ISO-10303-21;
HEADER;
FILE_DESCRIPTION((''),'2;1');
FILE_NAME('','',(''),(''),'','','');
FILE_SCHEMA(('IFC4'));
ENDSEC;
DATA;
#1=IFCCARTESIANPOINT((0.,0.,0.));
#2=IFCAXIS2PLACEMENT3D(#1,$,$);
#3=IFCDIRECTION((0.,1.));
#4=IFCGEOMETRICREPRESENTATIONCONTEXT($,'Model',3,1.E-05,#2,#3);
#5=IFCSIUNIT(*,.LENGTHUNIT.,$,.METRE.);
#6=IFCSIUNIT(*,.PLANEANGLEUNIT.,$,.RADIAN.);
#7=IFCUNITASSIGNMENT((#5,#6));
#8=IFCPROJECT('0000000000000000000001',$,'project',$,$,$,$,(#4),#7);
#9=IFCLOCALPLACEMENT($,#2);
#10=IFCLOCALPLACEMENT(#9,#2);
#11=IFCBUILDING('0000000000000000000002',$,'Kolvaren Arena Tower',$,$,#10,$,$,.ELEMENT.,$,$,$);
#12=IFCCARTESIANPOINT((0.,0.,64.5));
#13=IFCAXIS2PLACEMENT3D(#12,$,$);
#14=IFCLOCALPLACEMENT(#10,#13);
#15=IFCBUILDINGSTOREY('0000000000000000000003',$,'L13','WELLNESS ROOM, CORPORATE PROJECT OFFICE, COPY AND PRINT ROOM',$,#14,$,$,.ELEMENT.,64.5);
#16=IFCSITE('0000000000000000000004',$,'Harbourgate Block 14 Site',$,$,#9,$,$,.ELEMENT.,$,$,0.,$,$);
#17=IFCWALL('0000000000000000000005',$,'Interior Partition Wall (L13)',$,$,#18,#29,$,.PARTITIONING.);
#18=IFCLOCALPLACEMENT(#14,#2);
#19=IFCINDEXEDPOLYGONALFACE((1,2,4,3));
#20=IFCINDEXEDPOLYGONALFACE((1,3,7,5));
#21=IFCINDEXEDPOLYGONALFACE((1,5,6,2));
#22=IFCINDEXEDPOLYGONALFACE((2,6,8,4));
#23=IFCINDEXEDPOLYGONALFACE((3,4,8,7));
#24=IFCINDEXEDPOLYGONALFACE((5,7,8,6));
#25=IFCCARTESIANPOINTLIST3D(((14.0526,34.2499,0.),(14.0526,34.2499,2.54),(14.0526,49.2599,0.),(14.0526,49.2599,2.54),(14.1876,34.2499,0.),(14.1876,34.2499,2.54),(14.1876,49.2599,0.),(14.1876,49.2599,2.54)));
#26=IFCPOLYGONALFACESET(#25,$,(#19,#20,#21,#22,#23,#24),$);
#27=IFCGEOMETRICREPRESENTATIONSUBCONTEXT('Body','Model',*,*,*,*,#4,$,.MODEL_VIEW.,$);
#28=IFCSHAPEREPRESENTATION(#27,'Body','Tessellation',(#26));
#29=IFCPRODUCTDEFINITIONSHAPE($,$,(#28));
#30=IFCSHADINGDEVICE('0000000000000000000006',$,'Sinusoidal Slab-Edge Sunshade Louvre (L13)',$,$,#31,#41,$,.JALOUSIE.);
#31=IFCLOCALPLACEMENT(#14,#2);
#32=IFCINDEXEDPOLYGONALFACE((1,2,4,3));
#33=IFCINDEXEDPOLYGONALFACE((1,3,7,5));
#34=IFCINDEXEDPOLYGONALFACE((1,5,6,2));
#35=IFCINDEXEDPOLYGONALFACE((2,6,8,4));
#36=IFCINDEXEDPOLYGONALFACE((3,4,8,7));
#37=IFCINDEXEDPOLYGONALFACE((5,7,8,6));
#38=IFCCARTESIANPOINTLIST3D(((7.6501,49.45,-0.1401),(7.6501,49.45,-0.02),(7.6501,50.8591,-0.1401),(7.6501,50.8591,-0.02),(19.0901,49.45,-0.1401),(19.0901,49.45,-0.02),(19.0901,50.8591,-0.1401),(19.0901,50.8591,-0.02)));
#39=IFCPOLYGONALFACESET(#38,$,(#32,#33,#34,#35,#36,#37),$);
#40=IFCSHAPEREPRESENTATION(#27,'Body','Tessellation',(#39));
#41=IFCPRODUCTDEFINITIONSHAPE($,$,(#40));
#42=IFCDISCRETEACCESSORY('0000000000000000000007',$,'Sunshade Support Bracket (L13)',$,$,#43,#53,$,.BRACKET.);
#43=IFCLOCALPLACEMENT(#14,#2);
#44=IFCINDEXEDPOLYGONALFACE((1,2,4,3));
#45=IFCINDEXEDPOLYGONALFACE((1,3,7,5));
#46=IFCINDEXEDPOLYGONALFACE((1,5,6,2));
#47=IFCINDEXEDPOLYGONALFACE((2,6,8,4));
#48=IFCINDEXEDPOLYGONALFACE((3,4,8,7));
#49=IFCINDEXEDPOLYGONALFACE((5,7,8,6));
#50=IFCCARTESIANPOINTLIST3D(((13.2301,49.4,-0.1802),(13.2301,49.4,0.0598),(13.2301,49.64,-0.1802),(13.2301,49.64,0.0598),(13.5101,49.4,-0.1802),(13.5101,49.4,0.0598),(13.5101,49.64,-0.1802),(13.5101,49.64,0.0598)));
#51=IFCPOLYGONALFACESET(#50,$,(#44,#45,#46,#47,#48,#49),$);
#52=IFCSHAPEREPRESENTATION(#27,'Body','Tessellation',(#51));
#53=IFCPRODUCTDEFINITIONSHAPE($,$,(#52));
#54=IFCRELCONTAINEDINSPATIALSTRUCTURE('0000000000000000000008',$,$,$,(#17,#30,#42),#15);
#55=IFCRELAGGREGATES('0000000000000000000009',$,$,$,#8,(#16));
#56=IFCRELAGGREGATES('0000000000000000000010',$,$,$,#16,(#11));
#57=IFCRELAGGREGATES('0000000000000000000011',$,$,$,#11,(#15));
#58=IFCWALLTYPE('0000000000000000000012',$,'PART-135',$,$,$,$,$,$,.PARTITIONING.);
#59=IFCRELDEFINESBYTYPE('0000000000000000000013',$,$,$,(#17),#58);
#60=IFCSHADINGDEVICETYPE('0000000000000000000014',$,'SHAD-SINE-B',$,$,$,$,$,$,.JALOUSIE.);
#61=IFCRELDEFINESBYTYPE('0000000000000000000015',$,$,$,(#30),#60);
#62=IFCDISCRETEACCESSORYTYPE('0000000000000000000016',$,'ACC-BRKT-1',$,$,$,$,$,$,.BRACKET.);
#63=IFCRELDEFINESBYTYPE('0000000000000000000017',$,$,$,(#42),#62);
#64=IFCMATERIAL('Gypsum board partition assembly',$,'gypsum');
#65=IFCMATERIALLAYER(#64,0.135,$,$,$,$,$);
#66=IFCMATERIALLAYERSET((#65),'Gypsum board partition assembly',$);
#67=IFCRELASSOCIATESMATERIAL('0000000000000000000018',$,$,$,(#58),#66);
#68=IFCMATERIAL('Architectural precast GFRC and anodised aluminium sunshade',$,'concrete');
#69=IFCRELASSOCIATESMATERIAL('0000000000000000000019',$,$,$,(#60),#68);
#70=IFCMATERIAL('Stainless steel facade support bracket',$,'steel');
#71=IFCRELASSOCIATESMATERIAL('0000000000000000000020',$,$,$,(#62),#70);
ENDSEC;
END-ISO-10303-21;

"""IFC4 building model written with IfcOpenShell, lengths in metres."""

from ifc_helpers import new_model, si_unit, direction, frame, frame_2d, origin, origin_2d, place, context, subcontext, project, spatial, rectangle, extrude, material, layer, layer_set, type_object, element, save


model = new_model("IFC4")

# Units and contexts
model_context = context("Model", 3, precision=1e-05, world=origin(), true_north=direction((0.0, 1.0)))
body_context = subcontext(model_context, "Body", "Model", "MODEL_VIEW")
ifc_project = project(units=[si_unit("LENGTHUNIT", "METRE"), si_unit("PLANEANGLEUNIT", "RADIAN")], contexts=[model_context])

# Site, building, storey
site_placement = place(None, origin())
site = spatial("IfcSite", under=ifc_project, at=site_placement, Name="Harbourgate Block 14 Site", CompositionType="ELEMENT", RefElevation=0.0)
building_placement = place(site_placement, origin())
building = spatial("IfcBuilding", under=site, at=building_placement, Name="Kolvaren Arena Tower", CompositionType="ELEMENT")
storey_placement = place(building_placement, frame((0.0, 0.0, 64.5)))
storey = spatial("IfcBuildingStorey", under=building, at=storey_placement, Name="L13", Description="WELLNESS ROOM, CORPORATE PROJECT OFFICE, COPY AND PRINT ROOM", CompositionType="ELEMENT", Elevation=64.5)

# Wall
ifc_material_1 = material(Name="Gypsum board partition assembly", Category="gypsum")
ifc_layer_1 = layer(ifc_material_1, 0.135)
ifc_layer_set_1 = layer_set([ifc_layer_1], Name="Gypsum board partition assembly")
wall_type_1 = type_object("IfcWallType", Name="PART-135", PredefinedType="PARTITIONING", material=ifc_layer_set_1)
wall_1_placement = place(storey_placement, frame((14.1201, 34.25, 0.0), z_axis=(0.0, 0.0, 1.0), x_axis=(0.0, 1.0, 0.0)))
element("IfcWall", 1, at=wall_1_placement, inside=storey, type_object=wall_type_1, Name="Interior Partition Wall (L13)", PredefinedType="PARTITIONING", context=body_context, shape_type="SweptSolid", body=[
    extrude(rectangle(XDim=15.01, YDim=0.135, at=frame_2d((7.5049, 0.0))), origin(), (0.0, 0.0, 1.0), 2.54),
])

# Shading device
ifc_material_2 = material(Name="Architectural precast GFRC and anodised aluminium sunshade", Category="concrete")
shading_device_type = type_object("IfcShadingDeviceType", Name="SHAD-SINE-B", PredefinedType="JALOUSIE", material=ifc_material_2)
shading_device_placement = place(storey_placement, frame((13.3701, 50.1545, -0.1401), z_axis=(0.0, 0.0, 1.0), x_axis=(1.0, 0.0, 0.0)))
element("IfcShadingDevice", 2, at=shading_device_placement, inside=storey, type_object=shading_device_type, Name="Sinusoidal Slab-Edge Sunshade Louvre (L13)", PredefinedType="JALOUSIE", context=body_context, shape_type="SweptSolid", body=[
    extrude(rectangle(XDim=11.4399, YDim=1.4092, at=origin_2d()), origin(), (0.0, 0.0, 1.0), 0.1201),
])

# Discrete accessory
ifc_material_3 = material(Name="Stainless steel facade support bracket", Category="steel")
discrete_accessory_type = type_object("IfcDiscreteAccessoryType", Name="ACC-BRKT-1", PredefinedType="BRACKET", material=ifc_material_3)
discrete_accessory_placement = place(storey_placement, frame((13.3701, 49.52, -0.1802), z_axis=(0.0, 0.0, 1.0), x_axis=(1.0, 0.0, 0.0)))
element("IfcDiscreteAccessory", 3, at=discrete_accessory_placement, inside=storey, type_object=discrete_accessory_type, Name="Sunshade Support Bracket (L13)", PredefinedType="BRACKET", context=body_context, shape_type="SweptSolid", body=[
    extrude(rectangle(XDim=0.28, YDim=0.24, at=origin_2d()), origin(), (0.0, 0.0, 1.0), 0.24),
])

save(model, "model.ifc")
